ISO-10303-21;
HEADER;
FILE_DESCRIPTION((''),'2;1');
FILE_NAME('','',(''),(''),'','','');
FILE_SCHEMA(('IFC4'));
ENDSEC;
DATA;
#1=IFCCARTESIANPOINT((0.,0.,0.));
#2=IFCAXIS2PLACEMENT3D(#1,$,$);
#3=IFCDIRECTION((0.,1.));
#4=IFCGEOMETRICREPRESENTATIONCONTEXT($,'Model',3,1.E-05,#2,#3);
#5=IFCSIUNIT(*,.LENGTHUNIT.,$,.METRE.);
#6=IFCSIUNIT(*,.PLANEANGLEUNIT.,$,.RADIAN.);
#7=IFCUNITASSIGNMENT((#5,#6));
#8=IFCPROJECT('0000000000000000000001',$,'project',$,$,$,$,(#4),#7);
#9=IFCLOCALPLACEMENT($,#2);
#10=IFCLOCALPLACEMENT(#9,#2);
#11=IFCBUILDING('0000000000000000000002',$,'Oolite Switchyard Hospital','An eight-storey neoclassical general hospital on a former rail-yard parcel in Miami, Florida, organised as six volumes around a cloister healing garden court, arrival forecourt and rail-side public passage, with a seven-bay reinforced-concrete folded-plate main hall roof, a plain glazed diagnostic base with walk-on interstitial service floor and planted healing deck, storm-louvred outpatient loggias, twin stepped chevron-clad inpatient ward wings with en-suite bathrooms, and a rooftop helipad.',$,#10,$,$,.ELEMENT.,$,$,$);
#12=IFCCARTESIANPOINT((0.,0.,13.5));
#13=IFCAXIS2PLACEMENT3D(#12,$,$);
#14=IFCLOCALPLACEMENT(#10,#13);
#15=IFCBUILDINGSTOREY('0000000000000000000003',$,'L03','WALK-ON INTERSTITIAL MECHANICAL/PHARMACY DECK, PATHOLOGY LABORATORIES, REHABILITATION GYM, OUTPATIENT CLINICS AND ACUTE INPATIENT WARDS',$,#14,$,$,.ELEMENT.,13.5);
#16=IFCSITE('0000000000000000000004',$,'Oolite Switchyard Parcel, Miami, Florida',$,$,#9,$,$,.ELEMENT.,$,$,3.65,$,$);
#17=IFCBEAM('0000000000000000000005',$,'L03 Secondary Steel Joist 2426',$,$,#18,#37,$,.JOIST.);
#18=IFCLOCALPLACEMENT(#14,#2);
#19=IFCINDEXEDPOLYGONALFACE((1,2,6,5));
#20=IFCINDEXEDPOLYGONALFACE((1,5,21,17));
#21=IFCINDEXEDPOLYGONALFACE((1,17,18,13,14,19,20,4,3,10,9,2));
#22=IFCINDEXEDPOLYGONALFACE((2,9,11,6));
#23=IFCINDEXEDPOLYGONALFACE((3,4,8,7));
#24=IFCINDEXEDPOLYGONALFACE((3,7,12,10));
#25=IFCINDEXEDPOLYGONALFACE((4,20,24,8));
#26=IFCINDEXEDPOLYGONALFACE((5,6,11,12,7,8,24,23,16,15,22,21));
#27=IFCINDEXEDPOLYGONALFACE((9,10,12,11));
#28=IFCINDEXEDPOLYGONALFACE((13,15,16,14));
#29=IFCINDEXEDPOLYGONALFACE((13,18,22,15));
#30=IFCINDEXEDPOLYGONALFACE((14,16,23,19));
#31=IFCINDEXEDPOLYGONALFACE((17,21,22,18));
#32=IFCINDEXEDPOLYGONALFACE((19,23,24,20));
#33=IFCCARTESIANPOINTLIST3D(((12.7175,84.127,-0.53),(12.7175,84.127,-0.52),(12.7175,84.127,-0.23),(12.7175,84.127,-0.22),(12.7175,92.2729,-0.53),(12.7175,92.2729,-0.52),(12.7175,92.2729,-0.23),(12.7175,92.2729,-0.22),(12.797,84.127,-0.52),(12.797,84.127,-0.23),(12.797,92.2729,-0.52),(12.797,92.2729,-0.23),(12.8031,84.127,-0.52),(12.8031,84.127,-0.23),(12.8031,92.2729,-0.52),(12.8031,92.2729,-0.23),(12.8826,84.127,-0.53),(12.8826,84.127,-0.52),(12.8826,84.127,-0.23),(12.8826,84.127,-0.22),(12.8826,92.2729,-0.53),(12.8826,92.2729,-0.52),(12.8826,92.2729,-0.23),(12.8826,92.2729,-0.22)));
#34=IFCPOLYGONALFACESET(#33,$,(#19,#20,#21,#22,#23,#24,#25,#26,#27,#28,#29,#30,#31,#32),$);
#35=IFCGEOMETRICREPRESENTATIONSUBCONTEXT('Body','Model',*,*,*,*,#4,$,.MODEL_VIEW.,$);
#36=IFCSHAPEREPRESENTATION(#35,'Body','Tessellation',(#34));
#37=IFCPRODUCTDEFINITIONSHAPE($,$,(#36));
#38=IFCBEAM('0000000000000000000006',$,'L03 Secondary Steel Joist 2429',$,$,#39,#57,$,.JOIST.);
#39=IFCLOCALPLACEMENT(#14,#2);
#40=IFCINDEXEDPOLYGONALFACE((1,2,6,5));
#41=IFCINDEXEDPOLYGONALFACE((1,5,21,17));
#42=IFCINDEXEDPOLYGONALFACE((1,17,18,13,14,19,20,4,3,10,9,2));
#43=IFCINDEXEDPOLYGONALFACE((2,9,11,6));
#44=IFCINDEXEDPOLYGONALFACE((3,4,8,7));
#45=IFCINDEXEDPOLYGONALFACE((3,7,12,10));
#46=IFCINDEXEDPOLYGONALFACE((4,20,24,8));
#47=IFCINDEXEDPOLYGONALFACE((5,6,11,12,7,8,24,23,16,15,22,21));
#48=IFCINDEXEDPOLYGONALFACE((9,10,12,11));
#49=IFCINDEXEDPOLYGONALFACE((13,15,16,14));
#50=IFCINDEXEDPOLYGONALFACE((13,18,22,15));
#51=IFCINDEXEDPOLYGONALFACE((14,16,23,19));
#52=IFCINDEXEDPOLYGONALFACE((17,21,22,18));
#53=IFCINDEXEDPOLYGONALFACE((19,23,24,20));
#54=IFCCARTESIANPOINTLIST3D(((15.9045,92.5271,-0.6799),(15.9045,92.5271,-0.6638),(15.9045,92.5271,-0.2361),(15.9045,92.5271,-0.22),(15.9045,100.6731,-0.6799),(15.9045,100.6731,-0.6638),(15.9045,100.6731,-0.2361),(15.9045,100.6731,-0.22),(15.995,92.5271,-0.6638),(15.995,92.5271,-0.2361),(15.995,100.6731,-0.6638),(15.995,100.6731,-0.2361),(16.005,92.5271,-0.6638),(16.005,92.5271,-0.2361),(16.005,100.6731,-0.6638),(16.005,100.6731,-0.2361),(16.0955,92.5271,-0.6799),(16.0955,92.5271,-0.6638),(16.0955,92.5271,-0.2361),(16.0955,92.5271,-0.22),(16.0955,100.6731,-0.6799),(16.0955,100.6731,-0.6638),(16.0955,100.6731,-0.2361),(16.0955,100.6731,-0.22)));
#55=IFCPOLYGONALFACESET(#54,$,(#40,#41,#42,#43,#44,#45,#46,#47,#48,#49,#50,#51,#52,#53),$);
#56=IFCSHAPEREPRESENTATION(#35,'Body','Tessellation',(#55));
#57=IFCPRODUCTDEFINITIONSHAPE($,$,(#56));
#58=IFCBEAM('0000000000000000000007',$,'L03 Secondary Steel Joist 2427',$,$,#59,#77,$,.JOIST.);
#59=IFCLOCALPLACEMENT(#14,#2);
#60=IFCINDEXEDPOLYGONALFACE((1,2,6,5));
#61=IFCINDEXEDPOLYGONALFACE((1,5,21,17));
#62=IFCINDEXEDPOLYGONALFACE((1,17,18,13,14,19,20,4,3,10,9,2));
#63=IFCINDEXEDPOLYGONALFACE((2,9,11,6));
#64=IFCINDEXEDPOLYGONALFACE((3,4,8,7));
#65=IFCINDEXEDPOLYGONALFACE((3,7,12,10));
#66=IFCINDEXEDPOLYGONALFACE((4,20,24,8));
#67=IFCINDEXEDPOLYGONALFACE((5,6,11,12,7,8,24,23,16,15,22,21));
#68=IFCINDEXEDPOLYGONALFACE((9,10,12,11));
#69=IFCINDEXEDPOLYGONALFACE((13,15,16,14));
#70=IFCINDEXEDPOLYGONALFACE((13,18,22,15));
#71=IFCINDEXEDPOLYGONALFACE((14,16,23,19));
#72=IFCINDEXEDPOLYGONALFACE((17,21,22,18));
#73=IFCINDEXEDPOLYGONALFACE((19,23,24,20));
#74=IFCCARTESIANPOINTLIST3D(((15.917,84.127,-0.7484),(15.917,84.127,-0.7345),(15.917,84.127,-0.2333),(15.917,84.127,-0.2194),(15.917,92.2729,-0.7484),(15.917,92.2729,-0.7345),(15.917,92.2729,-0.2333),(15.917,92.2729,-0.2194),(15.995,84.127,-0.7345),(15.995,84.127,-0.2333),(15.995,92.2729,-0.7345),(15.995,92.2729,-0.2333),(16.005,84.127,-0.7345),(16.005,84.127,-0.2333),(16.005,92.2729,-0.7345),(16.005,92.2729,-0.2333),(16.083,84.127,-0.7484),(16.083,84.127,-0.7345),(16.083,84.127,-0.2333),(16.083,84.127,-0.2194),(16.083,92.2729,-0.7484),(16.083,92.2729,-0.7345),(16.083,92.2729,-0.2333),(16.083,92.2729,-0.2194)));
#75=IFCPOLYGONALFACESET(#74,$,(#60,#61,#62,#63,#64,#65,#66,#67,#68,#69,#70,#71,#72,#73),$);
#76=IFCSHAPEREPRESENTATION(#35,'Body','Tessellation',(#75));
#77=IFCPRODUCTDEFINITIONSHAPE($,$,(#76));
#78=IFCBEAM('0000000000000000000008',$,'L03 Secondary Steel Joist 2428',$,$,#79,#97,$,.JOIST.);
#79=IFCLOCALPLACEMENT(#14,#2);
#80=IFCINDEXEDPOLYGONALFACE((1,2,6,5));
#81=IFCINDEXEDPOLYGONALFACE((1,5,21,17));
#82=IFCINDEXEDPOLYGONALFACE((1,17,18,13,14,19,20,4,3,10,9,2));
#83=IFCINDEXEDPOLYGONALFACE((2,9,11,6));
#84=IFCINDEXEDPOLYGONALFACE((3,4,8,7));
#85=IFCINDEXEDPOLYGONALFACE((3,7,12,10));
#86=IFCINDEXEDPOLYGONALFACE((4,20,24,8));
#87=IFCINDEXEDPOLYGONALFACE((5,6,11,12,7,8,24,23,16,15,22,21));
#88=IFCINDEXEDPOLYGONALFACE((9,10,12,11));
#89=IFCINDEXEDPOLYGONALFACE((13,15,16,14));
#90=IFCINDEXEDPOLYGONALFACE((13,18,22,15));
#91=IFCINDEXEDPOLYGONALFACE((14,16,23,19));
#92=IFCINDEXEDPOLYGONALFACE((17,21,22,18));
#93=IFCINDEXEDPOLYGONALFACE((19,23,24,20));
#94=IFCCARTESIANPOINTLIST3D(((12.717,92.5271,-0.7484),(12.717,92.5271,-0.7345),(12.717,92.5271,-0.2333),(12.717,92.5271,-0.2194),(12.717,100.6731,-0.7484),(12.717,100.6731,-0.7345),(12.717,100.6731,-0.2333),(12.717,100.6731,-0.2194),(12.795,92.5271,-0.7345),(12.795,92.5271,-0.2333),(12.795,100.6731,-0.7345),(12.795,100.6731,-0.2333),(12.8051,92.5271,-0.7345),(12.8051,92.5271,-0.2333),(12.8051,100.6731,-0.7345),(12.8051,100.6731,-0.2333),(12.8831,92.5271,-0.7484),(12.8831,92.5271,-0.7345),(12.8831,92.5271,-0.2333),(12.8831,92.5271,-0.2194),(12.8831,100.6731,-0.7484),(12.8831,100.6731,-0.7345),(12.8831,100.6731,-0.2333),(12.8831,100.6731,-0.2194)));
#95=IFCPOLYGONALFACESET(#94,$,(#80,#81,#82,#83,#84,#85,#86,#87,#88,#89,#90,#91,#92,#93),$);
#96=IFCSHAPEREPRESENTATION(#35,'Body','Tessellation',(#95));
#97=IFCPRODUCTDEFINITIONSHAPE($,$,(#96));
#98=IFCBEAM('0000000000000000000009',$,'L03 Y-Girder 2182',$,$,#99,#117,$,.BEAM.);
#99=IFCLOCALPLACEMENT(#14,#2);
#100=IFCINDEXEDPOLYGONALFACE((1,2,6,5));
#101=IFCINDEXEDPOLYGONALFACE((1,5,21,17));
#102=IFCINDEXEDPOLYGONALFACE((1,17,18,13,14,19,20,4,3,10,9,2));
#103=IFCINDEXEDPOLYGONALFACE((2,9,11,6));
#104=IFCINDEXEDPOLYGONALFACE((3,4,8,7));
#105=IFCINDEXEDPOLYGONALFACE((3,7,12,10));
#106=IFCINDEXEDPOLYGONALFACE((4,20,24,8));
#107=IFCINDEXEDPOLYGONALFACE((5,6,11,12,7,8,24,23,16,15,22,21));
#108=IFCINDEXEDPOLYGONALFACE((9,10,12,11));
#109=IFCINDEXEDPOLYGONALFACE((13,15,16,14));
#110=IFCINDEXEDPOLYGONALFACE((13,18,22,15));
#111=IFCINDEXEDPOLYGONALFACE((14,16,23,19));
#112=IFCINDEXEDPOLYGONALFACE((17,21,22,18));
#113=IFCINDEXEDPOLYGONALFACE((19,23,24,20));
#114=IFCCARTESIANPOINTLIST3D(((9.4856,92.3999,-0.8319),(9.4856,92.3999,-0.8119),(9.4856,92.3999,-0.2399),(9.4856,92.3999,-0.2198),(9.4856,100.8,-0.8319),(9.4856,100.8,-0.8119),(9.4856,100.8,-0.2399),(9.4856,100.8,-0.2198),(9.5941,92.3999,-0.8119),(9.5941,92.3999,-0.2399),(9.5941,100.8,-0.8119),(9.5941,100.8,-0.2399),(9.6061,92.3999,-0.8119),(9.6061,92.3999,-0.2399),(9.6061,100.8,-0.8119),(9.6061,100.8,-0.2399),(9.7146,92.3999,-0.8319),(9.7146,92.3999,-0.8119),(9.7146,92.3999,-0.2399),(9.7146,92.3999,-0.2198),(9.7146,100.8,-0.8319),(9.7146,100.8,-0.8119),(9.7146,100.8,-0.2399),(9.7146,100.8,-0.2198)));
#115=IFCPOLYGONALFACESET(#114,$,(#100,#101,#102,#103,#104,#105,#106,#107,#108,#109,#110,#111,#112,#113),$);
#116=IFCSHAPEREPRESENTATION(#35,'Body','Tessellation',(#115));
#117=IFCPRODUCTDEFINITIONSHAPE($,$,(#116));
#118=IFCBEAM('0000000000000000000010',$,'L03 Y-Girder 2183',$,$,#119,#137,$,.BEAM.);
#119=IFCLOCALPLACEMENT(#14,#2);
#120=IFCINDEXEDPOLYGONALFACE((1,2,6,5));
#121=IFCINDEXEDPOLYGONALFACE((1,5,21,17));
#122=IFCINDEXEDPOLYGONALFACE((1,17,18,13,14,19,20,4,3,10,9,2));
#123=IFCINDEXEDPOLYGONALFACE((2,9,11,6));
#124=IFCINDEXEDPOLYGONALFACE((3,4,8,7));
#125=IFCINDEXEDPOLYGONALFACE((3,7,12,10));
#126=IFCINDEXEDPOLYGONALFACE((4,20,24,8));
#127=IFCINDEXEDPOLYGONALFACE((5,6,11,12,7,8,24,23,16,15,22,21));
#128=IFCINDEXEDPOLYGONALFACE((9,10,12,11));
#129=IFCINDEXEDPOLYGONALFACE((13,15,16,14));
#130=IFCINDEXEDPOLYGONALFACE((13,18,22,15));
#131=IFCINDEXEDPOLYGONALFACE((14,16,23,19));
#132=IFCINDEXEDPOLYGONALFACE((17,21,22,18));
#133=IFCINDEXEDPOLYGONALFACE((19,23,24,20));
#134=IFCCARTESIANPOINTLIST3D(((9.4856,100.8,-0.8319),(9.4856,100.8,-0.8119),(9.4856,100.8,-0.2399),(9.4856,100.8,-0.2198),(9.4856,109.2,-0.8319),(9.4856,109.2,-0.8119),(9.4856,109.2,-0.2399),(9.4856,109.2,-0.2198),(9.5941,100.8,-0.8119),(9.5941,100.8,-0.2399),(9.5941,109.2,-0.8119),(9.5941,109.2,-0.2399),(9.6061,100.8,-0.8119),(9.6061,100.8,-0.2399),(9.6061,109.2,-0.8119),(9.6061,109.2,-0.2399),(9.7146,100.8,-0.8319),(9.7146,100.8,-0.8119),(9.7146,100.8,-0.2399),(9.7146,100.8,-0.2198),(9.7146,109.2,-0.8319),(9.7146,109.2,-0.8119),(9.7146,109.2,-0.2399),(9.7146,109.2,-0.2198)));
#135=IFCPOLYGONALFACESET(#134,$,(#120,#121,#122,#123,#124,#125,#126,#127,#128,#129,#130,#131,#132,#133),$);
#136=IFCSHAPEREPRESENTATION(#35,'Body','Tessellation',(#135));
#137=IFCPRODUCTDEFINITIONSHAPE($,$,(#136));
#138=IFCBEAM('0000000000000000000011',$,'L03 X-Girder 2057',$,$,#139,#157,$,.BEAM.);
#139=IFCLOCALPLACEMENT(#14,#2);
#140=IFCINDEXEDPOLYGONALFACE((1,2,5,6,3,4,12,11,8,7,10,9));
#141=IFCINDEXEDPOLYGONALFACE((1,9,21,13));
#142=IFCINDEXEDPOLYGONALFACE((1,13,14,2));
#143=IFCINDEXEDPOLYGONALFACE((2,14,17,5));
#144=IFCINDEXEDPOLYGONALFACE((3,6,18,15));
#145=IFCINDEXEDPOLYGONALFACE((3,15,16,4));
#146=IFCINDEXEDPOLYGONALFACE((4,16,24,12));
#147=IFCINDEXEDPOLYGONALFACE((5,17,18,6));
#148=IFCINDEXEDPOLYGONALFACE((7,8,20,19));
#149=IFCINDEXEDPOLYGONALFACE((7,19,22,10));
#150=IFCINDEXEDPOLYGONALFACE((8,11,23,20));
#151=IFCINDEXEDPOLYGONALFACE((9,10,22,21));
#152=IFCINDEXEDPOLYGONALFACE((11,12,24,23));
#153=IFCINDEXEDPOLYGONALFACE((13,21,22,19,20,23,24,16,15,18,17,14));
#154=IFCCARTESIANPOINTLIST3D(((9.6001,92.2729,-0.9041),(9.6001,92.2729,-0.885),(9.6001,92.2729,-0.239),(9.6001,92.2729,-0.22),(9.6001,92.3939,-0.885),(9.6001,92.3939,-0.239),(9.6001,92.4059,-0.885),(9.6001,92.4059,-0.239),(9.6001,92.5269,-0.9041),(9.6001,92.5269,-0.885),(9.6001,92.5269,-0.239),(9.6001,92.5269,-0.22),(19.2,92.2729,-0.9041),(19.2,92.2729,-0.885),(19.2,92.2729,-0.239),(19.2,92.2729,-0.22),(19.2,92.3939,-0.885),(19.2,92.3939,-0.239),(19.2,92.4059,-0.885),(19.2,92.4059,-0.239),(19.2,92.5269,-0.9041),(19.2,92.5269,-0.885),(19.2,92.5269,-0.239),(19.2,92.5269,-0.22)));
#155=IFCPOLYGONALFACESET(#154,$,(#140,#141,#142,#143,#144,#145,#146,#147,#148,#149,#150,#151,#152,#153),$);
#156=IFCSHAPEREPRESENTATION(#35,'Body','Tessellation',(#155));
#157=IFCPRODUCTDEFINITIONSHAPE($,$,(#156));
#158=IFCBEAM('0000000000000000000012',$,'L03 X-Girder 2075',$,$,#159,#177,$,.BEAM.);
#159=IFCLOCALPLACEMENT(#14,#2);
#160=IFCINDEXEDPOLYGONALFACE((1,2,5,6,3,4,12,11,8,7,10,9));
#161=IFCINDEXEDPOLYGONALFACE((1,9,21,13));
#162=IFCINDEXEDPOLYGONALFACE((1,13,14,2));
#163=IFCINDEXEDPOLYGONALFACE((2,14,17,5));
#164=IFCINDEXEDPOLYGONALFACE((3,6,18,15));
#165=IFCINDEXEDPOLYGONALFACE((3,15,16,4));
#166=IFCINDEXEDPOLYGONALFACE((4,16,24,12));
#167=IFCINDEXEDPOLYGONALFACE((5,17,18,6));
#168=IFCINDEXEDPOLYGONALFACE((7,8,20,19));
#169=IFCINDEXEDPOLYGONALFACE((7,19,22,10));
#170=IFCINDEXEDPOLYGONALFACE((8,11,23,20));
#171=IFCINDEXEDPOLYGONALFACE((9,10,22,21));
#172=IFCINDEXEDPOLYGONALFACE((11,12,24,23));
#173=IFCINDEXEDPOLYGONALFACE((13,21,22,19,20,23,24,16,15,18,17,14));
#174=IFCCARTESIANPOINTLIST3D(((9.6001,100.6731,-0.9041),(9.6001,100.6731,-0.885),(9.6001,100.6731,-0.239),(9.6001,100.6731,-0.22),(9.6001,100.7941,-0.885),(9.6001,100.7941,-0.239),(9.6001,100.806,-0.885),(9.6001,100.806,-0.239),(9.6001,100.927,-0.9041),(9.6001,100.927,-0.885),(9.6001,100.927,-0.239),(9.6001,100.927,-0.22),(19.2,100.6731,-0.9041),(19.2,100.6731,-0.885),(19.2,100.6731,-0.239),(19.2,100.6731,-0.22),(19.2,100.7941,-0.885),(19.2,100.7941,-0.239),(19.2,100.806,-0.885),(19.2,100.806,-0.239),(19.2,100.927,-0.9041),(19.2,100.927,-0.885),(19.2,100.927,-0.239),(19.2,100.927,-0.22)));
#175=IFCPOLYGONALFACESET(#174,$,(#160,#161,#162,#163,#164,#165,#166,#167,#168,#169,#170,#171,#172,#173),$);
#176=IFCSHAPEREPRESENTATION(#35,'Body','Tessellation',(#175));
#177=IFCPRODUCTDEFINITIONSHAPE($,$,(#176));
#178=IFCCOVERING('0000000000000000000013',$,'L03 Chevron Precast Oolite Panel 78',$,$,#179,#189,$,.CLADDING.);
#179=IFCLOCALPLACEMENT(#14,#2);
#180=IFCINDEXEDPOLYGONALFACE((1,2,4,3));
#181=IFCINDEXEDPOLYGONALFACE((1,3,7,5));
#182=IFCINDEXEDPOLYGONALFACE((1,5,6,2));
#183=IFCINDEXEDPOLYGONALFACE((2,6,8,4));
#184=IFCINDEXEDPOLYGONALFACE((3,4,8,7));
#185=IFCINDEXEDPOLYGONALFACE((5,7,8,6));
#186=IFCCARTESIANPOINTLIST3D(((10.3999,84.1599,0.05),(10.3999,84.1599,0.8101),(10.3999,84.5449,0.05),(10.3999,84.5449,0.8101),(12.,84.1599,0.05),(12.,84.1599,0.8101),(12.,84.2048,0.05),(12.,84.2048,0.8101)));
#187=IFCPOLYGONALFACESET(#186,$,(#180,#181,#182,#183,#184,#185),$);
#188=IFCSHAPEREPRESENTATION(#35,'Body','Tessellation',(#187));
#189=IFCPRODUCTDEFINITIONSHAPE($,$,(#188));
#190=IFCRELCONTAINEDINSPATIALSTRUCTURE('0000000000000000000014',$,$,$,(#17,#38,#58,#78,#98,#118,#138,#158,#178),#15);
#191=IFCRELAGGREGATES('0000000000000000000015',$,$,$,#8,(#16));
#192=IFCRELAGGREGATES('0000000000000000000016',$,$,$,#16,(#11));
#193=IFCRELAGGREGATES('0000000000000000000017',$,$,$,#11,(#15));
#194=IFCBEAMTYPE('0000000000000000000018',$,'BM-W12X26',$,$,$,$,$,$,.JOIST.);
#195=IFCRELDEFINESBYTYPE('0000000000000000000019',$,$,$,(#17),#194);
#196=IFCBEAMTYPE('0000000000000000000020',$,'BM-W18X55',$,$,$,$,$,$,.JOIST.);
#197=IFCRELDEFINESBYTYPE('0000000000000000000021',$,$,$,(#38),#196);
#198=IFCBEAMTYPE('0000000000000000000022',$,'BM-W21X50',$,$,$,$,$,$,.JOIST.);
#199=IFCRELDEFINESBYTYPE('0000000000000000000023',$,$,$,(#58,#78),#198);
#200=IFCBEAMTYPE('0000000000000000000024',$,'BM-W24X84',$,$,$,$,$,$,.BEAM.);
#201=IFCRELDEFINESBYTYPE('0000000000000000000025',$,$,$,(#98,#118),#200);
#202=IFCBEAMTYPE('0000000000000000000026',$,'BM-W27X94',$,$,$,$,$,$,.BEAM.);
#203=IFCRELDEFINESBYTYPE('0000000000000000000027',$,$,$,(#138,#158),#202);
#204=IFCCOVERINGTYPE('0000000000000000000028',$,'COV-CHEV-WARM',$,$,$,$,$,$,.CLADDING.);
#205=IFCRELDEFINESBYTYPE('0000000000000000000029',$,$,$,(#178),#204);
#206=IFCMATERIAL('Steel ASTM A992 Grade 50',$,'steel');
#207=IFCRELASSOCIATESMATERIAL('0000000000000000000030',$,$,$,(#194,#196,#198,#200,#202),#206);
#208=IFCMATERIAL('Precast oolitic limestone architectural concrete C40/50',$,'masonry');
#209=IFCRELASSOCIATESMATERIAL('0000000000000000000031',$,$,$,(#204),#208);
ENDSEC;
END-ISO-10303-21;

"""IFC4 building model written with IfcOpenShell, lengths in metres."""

from ifc_helpers import new_model, si_unit, direction, frame, origin, origin_2d, place, context, subcontext, project, spatial, polyline, i_section, outline, extrude, material, material_profile, profile_set, type_object, element, save


model = new_model("IFC4")

# Units and contexts
model_context = context("Model", 3, precision=1e-05, world=origin(), true_north=direction((0.0, 1.0)))
body_context = subcontext(model_context, "Body", "Model", "MODEL_VIEW")
ifc_project = project(units=[si_unit("LENGTHUNIT", "METRE"), si_unit("PLANEANGLEUNIT", "RADIAN")], contexts=[model_context])

# Site, building, storey
site_placement = place(None, origin())
site = spatial("IfcSite", under=ifc_project, at=site_placement, Name="Oolite Switchyard Parcel, Miami, Florida", CompositionType="ELEMENT", RefElevation=3.65)
building_placement = place(site_placement, origin())
building = spatial("IfcBuilding", under=site, at=building_placement, Name="Oolite Switchyard Hospital", Description="An eight-storey neoclassical general hospital on a former rail-yard parcel in Miami, Florida, organised as six volumes around a cloister healing garden court, arrival forecourt and rail-side public passage, with a seven-bay reinforced-concrete folded-plate main hall roof, a plain glazed diagnostic base with walk-on interstitial service floor and planted healing deck, storm-louvred outpatient loggias, twin stepped chevron-clad inpatient ward wings with en-suite bathrooms, and a rooftop helipad.", CompositionType="ELEMENT")
storey_placement = place(building_placement, frame((0.0, 0.0, 13.5)))
storey = spatial("IfcBuildingStorey", under=building, at=storey_placement, Name="L03", Description="WALK-ON INTERSTITIAL MECHANICAL/PHARMACY DECK, PATHOLOGY LABORATORIES, REHABILITATION GYM, OUTPATIENT CLINICS AND ACUTE INPATIENT WARDS", CompositionType="ELEMENT", Elevation=13.5)

# Beams
ifc_material_1 = material(Name="Steel ASTM A992 Grade 50", Category="steel")
ifc_material_profile_1 = material_profile(ifc_material_1, i_section(OverallWidth=0.165, OverallDepth=0.3101, WebThickness=0.0061, FlangeThickness=0.01, at=origin_2d()), Name="W12X26")
ifc_profile_set_1 = profile_set([ifc_material_profile_1], Name="Steel ASTM A992 Grade 50")
beam_type_1 = type_object("IfcBeamType", Name="BM-W12X26", PredefinedType="JOIST", material=ifc_profile_set_1)
beam_1_placement = place(storey_placement, frame((12.8, 84.127, -0.375), z_axis=(0.0, 1.0, 0.0), x_axis=(-1.0, 0.0, 0.0)))
element("IfcBeam", 1, at=beam_1_placement, inside=storey, type_object=beam_type_1, Name="L03 Secondary Steel Joist 2426", PredefinedType="JOIST", context=body_context, shape_type="SweptSolid", body=[
    extrude(i_section(OverallWidth=0.165, OverallDepth=0.3101, WebThickness=0.0061, FlangeThickness=0.01, at=origin_2d()), origin(), (0.0, 0.0, 1.0), 8.146),
])
ifc_material_profile_2 = material_profile(ifc_material_1, i_section(OverallWidth=0.1909, OverallDepth=0.46, WebThickness=0.01, FlangeThickness=0.0161, at=origin_2d()), Name="W18X55")
ifc_profile_set_2 = profile_set([ifc_material_profile_2], Name="Steel ASTM A992 Grade 50")
beam_type_2 = type_object("IfcBeamType", Name="BM-W18X55", PredefinedType="JOIST", material=ifc_profile_set_2)
beam_2_placement = place(storey_placement, frame((16.0, 92.5271, -0.45), z_axis=(0.0, 1.0, 0.0), x_axis=(-1.0, 0.0, 0.0)))
element("IfcBeam", 2, at=beam_2_placement, inside=storey, type_object=beam_type_2, Name="L03 Secondary Steel Joist 2429", PredefinedType="JOIST", context=body_context, shape_type="SweptSolid", body=[
    extrude(i_section(OverallWidth=0.1909, OverallDepth=0.46, WebThickness=0.01, FlangeThickness=0.0161, at=origin_2d()), origin(), (0.0, 0.0, 1.0), 8.146),
])
ifc_material_profile_3 = material_profile(ifc_material_1, i_section(OverallWidth=0.166, OverallDepth=0.5291, WebThickness=0.01, FlangeThickness=0.0139, at=origin_2d()), Name="W21X50")
ifc_profile_set_3 = profile_set([ifc_material_profile_3], Name="Steel ASTM A992 Grade 50")
beam_type_3 = type_object("IfcBeamType", Name="BM-W21X50", PredefinedType="JOIST", material=ifc_profile_set_3)
for number, where, z_axis, x_axis, name in (
    (3, (16.0, 84.127, -0.4839), (0.0, 1.0, 0.0), (-1.0, 0.0, 0.0), "L03 Secondary Steel Joist 2427"),
    (4, (12.8, 92.5271, -0.4839), (0.0, 1.0, 0.0), (-1.0, 0.0, 0.0), "L03 Secondary Steel Joist 2428"),
):
    element("IfcBeam", number, at=place(storey_placement, frame(where, z_axis=z_axis, x_axis=x_axis)), inside=storey, type_object=beam_type_3, Name=name, PredefinedType="JOIST", context=body_context, shape_type="SweptSolid", body=[
        extrude(i_section(OverallWidth=0.166, OverallDepth=0.5291, WebThickness=0.01, FlangeThickness=0.0139, at=origin_2d()), origin(), (0.0, 0.0, 1.0), 8.146),
    ])
ifc_material_profile_4 = material_profile(ifc_material_1, i_section(OverallWidth=0.229, OverallDepth=0.6121, WebThickness=0.012, FlangeThickness=0.02, at=origin_2d()), Name="W24X84")
ifc_profile_set_4 = profile_set([ifc_material_profile_4], Name="Steel ASTM A992 Grade 50")
beam_type_4 = type_object("IfcBeamType", Name="BM-W24X84", PredefinedType="BEAM", material=ifc_profile_set_4)
beam_3_placement = place(storey_placement, frame((9.6001, 92.3999, -0.5259), z_axis=(0.0, 1.0, 0.0), x_axis=(-1.0, 0.0, 0.0)))
element("IfcBeam", 5, at=beam_3_placement, inside=storey, type_object=beam_type_4, Name="L03 Y-Girder 2182", PredefinedType="BEAM", context=body_context, shape_type="SweptSolid", body=[
    extrude(i_section(OverallWidth=0.229, OverallDepth=0.6121, WebThickness=0.012, FlangeThickness=0.02, at=origin_2d()), origin(), (0.0, 0.0, 1.0), 8.4001),
])
beam_4_placement = place(storey_placement, frame((9.6001, 100.8, -0.5259), z_axis=(0.0, 1.0, 0.0), x_axis=(-1.0, 0.0, 0.0)))
element("IfcBeam", 6, at=beam_4_placement, inside=storey, type_object=beam_type_4, Name="L03 Y-Girder 2183", PredefinedType="BEAM", context=body_context, shape_type="SweptSolid", body=[
    extrude(i_section(OverallWidth=0.229, OverallDepth=0.6121, WebThickness=0.012, FlangeThickness=0.02, at=origin_2d()), origin(), (0.0, 0.0, 1.0), 8.3999),
])
ifc_material_profile_5 = material_profile(ifc_material_1, i_section(OverallWidth=0.2539, OverallDepth=0.6841, WebThickness=0.012, FlangeThickness=0.019, at=origin_2d()), Name="W27X94")
ifc_profile_set_5 = profile_set([ifc_material_profile_5], Name="Steel ASTM A992 Grade 50")
beam_type_5 = type_object("IfcBeamType", Name="BM-W27X94", PredefinedType="BEAM", material=ifc_profile_set_5)
for number, where, z_axis, x_axis, name in (
    (7, (9.6001, 92.3999, -0.562), (1.0, 0.0, 0.0), (0.0, 1.0, 0.0), "L03 X-Girder 2057"),
    (8, (9.6001, 100.8, -0.562), (1.0, 0.0, 0.0), (0.0, 1.0, 0.0), "L03 X-Girder 2075"),
):
    element("IfcBeam", number, at=place(storey_placement, frame(where, z_axis=z_axis, x_axis=x_axis)), inside=storey, type_object=beam_type_5, Name=name, PredefinedType="BEAM", context=body_context, shape_type="SweptSolid", body=[
        extrude(i_section(OverallWidth=0.2539, OverallDepth=0.6841, WebThickness=0.012, FlangeThickness=0.019, at=origin_2d()), origin(), (0.0, 0.0, 1.0), 9.5999),
    ])

# Covering
ifc_material_2 = material(Name="Precast oolitic limestone architectural concrete C40/50", Category="masonry")
covering_type = type_object("IfcCoveringType", Name="COV-CHEV-WARM", PredefinedType="CLADDING", material=ifc_material_2)
covering_1_placement = place(storey_placement, frame((10.3999, 84.1599, 0.05), z_axis=(0.0, 0.0, 1.0), x_axis=(1.0, 0.0, 0.0)))
element("IfcCovering", 9, at=covering_1_placement, inside=storey, type_object=covering_type, Name="L03 Chevron Precast Oolite Panel 78", PredefinedType="CLADDING", context=body_context, shape_type="SweptSolid", body=[
    extrude(outline(polyline([(0.0, 0.0), (1.6001, 0.0), (1.6001, 0.0449), (0.0, 0.385), (0.0, 0.0)])), origin(), (0.0, 0.0, 1.0), 0.76),
])

save(model, "model.ifc")
